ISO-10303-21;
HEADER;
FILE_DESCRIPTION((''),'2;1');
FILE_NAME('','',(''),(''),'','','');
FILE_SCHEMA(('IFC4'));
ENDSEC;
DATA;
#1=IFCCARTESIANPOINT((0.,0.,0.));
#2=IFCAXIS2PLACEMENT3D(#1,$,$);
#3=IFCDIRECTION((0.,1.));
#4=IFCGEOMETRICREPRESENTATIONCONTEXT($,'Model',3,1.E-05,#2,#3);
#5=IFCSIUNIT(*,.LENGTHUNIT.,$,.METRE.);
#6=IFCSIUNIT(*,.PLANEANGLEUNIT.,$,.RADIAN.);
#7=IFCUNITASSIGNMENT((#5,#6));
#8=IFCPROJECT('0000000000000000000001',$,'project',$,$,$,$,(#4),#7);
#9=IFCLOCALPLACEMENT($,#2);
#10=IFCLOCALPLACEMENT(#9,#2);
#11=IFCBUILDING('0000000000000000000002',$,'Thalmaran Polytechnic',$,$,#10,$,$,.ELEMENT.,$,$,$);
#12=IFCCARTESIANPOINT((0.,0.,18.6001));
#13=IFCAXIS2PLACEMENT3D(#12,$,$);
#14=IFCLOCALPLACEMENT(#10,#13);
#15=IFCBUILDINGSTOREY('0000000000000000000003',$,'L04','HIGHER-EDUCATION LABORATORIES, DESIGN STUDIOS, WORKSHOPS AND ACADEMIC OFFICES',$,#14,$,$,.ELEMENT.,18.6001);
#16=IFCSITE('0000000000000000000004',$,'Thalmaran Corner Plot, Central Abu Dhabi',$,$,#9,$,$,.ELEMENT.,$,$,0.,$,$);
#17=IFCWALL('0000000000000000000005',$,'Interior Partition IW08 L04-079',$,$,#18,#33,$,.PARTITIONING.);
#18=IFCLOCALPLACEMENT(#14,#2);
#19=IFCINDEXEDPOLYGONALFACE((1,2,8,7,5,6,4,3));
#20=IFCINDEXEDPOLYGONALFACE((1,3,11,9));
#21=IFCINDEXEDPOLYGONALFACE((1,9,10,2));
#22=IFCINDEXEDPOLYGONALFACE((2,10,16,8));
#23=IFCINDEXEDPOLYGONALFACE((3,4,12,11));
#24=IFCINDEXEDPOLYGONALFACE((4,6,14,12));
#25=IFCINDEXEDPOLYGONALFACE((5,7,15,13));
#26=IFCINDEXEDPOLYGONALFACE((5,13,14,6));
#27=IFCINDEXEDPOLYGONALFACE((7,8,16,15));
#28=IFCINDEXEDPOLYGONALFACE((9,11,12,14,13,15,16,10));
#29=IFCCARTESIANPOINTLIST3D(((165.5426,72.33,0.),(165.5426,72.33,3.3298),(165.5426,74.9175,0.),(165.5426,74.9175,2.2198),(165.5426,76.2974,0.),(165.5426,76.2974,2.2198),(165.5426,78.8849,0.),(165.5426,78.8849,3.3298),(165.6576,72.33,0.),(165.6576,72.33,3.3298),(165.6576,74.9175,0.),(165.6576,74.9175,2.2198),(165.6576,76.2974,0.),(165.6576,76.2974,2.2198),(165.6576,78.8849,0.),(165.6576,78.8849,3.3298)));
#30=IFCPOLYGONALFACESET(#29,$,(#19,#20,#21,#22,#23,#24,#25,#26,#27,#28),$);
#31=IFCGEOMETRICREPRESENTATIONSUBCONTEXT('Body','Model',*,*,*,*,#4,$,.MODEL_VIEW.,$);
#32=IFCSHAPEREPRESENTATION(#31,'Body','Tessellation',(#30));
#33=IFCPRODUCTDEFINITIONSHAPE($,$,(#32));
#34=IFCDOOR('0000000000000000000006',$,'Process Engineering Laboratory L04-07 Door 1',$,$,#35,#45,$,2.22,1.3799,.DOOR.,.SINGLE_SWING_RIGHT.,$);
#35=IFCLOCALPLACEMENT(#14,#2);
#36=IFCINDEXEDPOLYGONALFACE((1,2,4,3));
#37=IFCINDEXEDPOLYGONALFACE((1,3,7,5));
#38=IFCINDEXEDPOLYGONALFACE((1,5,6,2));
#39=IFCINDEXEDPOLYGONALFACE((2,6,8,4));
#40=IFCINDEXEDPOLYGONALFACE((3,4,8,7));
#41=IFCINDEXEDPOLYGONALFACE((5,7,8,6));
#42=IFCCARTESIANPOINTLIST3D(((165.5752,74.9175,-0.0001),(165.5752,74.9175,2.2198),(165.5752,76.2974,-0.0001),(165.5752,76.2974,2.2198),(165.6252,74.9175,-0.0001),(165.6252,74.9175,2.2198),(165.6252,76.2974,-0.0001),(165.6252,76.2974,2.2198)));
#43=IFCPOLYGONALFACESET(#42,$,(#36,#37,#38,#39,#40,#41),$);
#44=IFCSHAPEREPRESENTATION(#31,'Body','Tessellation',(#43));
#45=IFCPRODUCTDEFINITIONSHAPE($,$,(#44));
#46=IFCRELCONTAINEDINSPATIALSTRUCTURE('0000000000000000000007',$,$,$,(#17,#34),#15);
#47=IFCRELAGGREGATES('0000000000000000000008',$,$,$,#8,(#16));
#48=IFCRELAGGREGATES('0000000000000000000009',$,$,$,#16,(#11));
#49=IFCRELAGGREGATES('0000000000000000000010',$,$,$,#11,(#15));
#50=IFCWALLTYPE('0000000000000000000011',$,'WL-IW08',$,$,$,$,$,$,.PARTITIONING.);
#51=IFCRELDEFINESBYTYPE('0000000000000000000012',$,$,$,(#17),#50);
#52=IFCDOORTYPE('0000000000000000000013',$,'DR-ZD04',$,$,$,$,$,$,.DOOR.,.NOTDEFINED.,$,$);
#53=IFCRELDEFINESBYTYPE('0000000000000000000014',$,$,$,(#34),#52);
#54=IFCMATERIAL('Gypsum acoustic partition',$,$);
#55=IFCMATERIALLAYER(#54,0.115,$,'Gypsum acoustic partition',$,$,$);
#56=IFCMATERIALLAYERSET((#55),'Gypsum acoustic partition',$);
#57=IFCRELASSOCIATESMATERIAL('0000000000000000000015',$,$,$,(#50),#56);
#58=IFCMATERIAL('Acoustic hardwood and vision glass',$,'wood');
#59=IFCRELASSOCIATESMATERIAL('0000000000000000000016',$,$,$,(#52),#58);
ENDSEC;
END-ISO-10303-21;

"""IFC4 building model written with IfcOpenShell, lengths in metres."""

from ifc_helpers import new_model, si_unit, direction, frame, frame_2d, origin, place, context, subcontext, project, spatial, rectangle, extrude, material, layer, layer_set, type_object, element, fill, save


model = new_model("IFC4")

# Units and contexts
model_context = context("Model", 3, precision=1e-05, world=origin(), true_north=direction((0.0, 1.0)))
body_context = subcontext(model_context, "Body", "Model", "MODEL_VIEW")
ifc_project = project(units=[si_unit("LENGTHUNIT", "METRE"), si_unit("PLANEANGLEUNIT", "RADIAN")], contexts=[model_context])

# Site, building, storey
site_placement = place(None, origin())
site = spatial("IfcSite", under=ifc_project, at=site_placement, Name="Thalmaran Corner Plot, Central Abu Dhabi", CompositionType="ELEMENT", RefElevation=0.0)
building_placement = place(site_placement, origin())
building = spatial("IfcBuilding", under=site, at=building_placement, Name="Thalmaran Polytechnic", CompositionType="ELEMENT")
storey_placement = place(building_placement, frame((0.0, 0.0, 18.6001)))
storey = spatial("IfcBuildingStorey", under=building, at=storey_placement, Name="L04", Description="HIGHER-EDUCATION LABORATORIES, DESIGN STUDIOS, WORKSHOPS AND ACADEMIC OFFICES", CompositionType="ELEMENT", Elevation=18.6001)

# Wall, opening, door
ifc_material_1 = material(Name="Gypsum acoustic partition")
ifc_layer_1 = layer(ifc_material_1, 0.115, Name="Gypsum acoustic partition")
ifc_layer_set_1 = layer_set([ifc_layer_1], Name="Gypsum acoustic partition")
wall_type_1 = type_object("IfcWallType", Name="WL-IW08", PredefinedType="PARTITIONING", material=ifc_layer_set_1)
wall_1_placement = place(storey_placement, frame((165.6001, 72.3301, 0.0), z_axis=(0.0, 0.0, 1.0), x_axis=(0.0, 1.0, 0.0)))
wall_1 = element("IfcWall", 1, at=wall_1_placement, inside=storey, type_object=wall_type_1, Name="Interior Partition IW08 L04-079", PredefinedType="PARTITIONING", context=body_context, shape_type="SweptSolid", body=[
    extrude(rectangle(XDim=6.5549, YDim=0.115, at=frame_2d((3.2773, 0.0))), origin(), (0.0, 0.0, 1.0), 3.3298),
])
opening_1_placement = place(wall_1_placement, frame((2.5874, 0.0, 0.0)))
opening_1 = element("IfcOpeningElement", 2, at=opening_1_placement, cuts=wall_1, PredefinedType="OPENING", context=body_context, shape_type="SweptSolid", body=[
    extrude(rectangle(XDim=1.3799, YDim=2.22, at=frame_2d((0.6899, 1.1099))), frame((0.0, 0.0674, 0.0), z_axis=(0.0, -1.0, 0.0), x_axis=(1.0, 0.0, 0.0)), (0.0, 0.0, 1.0), 0.135),
])
ifc_material_2 = material(Name="Acoustic hardwood and vision glass", Category="wood")
door_type_1 = type_object("IfcDoorType", Name="DR-ZD04", OperationType="NOTDEFINED", PredefinedType="DOOR", material=ifc_material_2)
door_1_placement = place(opening_1_placement, origin())
door_1 = element("IfcDoor", 3, at=door_1_placement, inside=storey, type_object=door_type_1, Name="Process Engineering Laboratory L04-07 Door 1", OperationType="SINGLE_SWING_RIGHT", OverallHeight=2.22, OverallWidth=1.3799, PredefinedType="DOOR", context=body_context, shape_type="SweptSolid", body=[
    extrude(rectangle(XDim=1.3799, YDim=2.22, at=frame_2d((0.6899, 1.1099))), frame((0.0, 0.0249, 0.0), z_axis=(0.0, -1.0, 0.0), x_axis=(1.0, 0.0, 0.0)), (0.0, 0.0, 1.0), 0.05),
])
fill(opening_1, door_1)

save(model, "model.ifc")
